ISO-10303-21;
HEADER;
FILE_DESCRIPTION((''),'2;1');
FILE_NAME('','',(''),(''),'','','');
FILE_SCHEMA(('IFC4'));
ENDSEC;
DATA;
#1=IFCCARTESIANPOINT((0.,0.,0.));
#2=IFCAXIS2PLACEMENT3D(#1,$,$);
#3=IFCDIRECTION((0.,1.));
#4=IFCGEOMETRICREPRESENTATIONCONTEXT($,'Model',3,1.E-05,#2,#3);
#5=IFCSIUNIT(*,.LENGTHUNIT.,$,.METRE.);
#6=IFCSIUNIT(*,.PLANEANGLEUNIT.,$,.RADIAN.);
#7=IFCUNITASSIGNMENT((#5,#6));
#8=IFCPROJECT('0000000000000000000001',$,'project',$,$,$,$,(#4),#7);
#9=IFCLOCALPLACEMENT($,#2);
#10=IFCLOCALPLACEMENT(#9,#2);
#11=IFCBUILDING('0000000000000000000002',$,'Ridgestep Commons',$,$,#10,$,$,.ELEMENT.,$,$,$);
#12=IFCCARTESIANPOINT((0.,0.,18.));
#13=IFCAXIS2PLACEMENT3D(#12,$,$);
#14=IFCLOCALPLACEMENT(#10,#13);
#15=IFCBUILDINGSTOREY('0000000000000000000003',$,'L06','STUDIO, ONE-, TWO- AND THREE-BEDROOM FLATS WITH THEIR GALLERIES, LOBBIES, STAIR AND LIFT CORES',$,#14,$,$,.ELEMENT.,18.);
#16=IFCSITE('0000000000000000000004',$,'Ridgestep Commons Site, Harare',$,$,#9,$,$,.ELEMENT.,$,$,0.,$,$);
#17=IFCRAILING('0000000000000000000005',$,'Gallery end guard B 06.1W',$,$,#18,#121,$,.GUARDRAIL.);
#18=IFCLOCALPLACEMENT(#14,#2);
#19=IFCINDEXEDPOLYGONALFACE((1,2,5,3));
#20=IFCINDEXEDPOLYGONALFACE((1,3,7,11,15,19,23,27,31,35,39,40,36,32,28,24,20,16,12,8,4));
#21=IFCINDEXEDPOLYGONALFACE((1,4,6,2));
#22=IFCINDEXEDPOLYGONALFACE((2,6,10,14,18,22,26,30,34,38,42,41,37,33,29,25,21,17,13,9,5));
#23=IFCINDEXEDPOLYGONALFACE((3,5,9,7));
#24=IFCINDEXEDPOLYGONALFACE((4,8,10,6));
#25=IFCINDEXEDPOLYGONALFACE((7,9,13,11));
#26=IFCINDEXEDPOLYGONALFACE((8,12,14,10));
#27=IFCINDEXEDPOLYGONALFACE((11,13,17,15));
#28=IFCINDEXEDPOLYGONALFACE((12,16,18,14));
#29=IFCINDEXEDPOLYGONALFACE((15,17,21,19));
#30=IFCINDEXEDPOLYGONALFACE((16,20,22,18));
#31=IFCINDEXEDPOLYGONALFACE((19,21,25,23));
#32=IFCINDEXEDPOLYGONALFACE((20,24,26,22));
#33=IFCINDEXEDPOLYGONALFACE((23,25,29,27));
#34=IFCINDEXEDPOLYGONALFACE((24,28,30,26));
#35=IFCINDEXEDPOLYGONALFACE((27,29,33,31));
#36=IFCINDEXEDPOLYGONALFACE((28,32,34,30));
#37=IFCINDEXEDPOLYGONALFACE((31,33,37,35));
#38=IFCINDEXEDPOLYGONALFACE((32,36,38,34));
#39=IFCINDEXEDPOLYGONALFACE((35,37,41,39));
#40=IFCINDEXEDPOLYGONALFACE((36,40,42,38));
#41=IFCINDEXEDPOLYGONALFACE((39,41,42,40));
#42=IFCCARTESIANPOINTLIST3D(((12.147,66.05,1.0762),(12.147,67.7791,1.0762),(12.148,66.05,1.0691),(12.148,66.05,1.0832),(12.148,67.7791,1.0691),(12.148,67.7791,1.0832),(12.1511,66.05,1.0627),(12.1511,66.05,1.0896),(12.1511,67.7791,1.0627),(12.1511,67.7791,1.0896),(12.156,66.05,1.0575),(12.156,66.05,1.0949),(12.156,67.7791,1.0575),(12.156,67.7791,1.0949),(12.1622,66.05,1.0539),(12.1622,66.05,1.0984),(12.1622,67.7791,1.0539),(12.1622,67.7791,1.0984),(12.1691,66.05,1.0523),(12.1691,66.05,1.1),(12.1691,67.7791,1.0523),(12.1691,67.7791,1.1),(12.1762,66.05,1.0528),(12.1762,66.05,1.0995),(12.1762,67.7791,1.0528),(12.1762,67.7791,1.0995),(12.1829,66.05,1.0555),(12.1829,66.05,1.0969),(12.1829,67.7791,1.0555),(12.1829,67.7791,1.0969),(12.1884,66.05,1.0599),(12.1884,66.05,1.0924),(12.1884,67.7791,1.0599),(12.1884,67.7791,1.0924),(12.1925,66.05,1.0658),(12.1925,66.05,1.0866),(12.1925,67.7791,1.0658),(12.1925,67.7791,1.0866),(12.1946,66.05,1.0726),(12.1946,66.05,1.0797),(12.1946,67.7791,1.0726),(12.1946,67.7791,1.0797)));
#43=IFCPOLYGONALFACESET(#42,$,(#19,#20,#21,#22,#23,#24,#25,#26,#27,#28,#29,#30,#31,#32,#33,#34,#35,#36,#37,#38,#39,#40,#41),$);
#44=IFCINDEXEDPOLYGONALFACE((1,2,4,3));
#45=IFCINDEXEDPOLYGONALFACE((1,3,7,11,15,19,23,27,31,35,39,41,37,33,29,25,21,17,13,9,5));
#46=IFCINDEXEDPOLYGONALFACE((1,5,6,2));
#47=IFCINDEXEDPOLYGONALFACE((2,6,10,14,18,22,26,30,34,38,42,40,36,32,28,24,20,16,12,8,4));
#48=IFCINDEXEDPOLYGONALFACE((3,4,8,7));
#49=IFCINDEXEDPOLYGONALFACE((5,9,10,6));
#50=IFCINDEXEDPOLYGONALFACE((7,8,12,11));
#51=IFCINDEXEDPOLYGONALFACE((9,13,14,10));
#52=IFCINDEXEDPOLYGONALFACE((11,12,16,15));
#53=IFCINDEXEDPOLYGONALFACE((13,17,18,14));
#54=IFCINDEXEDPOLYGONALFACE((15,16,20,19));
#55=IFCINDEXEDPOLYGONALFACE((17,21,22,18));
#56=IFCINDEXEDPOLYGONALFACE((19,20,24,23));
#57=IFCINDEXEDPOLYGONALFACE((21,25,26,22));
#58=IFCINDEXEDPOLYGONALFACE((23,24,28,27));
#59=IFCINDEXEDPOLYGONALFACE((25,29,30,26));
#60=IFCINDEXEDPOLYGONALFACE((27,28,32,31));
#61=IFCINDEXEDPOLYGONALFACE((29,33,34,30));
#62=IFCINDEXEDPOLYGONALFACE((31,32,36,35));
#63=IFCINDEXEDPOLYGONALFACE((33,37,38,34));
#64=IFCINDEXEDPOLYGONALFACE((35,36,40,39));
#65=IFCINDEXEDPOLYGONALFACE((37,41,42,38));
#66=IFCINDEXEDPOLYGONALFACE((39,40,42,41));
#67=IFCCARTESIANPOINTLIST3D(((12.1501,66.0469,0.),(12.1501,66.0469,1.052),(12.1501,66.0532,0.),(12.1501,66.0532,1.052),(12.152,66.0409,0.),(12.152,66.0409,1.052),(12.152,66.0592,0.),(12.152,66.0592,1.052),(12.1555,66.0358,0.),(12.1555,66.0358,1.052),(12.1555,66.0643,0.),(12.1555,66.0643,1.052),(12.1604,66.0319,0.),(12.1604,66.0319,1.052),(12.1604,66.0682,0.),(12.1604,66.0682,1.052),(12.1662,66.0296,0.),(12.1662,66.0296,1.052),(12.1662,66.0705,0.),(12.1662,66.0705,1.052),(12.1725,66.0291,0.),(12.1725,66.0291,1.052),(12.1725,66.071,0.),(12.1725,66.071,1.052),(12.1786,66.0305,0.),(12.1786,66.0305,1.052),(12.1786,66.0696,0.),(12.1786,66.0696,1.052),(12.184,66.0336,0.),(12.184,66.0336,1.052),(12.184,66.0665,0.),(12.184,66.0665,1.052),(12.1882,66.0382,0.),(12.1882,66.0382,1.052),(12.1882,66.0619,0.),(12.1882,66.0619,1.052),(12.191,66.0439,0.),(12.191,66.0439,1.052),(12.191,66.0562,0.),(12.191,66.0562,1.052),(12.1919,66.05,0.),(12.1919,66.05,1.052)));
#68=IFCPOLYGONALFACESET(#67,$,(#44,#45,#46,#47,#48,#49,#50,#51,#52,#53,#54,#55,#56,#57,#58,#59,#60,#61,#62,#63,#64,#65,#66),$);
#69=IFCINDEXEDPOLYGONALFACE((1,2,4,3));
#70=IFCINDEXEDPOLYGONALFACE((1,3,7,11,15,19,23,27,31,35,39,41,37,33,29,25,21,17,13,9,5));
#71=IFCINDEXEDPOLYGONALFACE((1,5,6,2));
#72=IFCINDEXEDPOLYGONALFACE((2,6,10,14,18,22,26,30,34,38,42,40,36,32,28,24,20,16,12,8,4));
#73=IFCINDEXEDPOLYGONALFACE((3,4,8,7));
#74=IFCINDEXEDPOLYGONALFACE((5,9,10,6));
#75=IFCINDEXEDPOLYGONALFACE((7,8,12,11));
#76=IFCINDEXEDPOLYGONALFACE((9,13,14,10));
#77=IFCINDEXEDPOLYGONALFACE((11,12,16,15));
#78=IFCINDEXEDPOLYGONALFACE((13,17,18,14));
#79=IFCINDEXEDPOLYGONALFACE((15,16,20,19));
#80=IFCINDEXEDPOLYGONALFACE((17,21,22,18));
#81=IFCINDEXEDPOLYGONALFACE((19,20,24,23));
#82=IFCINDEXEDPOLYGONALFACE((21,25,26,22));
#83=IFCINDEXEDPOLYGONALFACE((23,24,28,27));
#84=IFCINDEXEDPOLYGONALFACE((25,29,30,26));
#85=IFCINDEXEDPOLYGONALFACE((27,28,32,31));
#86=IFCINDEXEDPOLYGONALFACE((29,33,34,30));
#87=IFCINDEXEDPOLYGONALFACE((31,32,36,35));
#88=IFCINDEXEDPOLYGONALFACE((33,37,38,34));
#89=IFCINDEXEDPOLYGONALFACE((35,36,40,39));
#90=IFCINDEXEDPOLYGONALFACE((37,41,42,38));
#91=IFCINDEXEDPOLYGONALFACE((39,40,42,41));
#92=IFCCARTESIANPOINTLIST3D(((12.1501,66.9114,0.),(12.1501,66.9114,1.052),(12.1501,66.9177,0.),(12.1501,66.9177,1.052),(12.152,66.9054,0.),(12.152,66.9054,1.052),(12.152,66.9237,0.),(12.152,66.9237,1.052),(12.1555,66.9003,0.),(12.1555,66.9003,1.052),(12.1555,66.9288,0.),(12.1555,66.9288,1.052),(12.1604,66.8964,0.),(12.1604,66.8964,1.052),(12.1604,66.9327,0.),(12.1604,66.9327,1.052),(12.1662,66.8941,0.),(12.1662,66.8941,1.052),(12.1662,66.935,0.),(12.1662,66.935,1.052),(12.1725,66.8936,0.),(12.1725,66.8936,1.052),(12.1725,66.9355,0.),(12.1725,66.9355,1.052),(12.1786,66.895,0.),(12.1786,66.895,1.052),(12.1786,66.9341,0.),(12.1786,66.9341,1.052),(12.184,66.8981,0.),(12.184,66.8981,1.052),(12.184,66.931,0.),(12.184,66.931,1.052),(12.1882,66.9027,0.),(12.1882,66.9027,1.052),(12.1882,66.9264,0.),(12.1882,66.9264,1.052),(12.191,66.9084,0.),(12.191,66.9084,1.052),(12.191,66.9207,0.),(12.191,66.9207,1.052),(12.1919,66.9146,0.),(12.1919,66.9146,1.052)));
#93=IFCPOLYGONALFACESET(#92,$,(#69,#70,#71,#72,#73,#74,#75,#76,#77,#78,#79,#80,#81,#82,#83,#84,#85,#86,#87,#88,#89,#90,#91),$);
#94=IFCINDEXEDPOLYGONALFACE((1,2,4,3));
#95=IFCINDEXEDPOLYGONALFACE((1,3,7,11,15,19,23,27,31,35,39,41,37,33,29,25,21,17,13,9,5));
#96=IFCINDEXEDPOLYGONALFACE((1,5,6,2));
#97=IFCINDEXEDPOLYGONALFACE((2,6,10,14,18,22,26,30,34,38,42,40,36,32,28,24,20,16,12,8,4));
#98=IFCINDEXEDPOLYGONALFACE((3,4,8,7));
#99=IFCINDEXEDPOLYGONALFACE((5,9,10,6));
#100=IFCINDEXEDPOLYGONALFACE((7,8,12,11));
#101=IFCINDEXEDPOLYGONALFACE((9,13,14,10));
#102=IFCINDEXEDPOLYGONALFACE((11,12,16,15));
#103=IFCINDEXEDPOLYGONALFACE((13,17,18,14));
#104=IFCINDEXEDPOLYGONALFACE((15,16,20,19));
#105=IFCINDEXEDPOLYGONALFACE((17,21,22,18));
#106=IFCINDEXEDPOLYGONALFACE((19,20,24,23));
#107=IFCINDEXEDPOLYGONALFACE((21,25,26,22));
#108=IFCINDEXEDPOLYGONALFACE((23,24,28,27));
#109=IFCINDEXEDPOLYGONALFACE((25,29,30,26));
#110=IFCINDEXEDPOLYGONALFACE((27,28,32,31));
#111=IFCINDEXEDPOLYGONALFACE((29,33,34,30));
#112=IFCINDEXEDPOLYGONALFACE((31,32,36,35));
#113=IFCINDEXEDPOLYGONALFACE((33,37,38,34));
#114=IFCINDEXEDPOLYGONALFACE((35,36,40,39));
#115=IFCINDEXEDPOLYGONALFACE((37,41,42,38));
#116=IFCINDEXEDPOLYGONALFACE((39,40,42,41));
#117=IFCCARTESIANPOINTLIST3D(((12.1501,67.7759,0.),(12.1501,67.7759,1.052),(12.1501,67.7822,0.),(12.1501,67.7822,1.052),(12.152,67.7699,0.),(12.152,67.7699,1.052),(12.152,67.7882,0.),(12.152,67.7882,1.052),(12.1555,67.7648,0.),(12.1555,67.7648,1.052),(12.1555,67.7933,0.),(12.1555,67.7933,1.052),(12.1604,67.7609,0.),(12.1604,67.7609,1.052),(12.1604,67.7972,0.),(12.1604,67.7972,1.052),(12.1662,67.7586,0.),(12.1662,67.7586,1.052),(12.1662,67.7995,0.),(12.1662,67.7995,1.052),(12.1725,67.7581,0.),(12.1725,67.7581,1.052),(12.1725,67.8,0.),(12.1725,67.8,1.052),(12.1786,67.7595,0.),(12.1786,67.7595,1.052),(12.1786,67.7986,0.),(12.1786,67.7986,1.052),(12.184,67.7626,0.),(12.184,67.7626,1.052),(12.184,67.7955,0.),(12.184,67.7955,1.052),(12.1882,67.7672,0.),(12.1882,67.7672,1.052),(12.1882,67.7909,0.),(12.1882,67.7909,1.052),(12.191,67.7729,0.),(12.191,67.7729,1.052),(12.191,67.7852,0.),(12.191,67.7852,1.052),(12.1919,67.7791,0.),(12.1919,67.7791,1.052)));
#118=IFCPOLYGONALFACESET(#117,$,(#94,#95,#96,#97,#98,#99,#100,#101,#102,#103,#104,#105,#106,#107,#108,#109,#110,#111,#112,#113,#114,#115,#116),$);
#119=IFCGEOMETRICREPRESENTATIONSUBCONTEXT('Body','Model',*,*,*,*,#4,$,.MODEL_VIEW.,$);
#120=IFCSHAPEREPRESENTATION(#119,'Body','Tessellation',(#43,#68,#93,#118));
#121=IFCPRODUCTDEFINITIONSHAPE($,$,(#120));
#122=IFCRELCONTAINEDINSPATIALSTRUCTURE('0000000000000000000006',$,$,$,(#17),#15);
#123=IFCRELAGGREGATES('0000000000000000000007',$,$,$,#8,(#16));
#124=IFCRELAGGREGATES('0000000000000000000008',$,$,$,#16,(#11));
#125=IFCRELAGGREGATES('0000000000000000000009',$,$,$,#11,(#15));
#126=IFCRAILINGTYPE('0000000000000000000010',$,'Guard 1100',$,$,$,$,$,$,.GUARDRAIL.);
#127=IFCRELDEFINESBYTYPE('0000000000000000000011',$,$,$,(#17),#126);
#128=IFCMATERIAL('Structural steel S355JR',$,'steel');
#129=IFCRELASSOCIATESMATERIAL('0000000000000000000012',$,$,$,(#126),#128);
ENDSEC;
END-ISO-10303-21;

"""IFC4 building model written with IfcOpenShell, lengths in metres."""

from ifc_helpers import new_model, si_unit, direction, frame, origin, origin_2d, place, context, subcontext, project, spatial, circle, extrude, material, type_object, element, save


model = new_model("IFC4")

# Units and contexts
model_context = context("Model", 3, precision=1e-05, world=origin(), true_north=direction((0.0, 1.0)))
body_context = subcontext(model_context, "Body", "Model", "MODEL_VIEW")
ifc_project = project(units=[si_unit("LENGTHUNIT", "METRE"), si_unit("PLANEANGLEUNIT", "RADIAN")], contexts=[model_context])

# Site, building, storey
site_placement = place(None, origin())
site = spatial("IfcSite", under=ifc_project, at=site_placement, Name="Ridgestep Commons Site, Harare", CompositionType="ELEMENT", RefElevation=0.0)
building_placement = place(site_placement, origin())
building = spatial("IfcBuilding", under=site, at=building_placement, Name="Ridgestep Commons", CompositionType="ELEMENT")
storey_placement = place(building_placement, frame((0.0, 0.0, 18.0)))
storey = spatial("IfcBuildingStorey", under=building, at=storey_placement, Name="L06", Description="STUDIO, ONE-, TWO- AND THREE-BEDROOM FLATS WITH THEIR GALLERIES, LOBBIES, STAIR AND LIFT CORES", CompositionType="ELEMENT", Elevation=18.0)

# Railing
ifc_material_1 = material(Name="Structural steel S355JR", Category="steel")
railing_type = type_object("IfcRailingType", Name="Guard 1100", PredefinedType="GUARDRAIL", material=ifc_material_1)
railing_1_placement = place(storey_placement, frame((12.1709, 66.05, 0.0)))
element("IfcRailing", 1, at=railing_1_placement, inside=storey, type_object=railing_type, Name="Gallery end guard B 06.1W", PredefinedType="GUARDRAIL", context=body_context, shape_type="SweptSolid", body=[
    extrude(circle(Radius=0.0239, at=origin_2d()), frame((0.0, 0.0, 1.0762), z_axis=(0.0, 1.0, 0.0), x_axis=(-1.0, 0.0, 0.0)), (0.0, 0.0, 1.0), 1.729),
    extrude(circle(Radius=0.021, at=origin_2d()), origin(), (0.0, 0.0, 1.0), 1.052),
    extrude(circle(Radius=0.021, at=origin_2d()), frame((0.0, 0.8645, 0.0)), (0.0, 0.0, 1.0), 1.052),
    extrude(circle(Radius=0.021, at=origin_2d()), frame((0.0, 1.729, 0.0)), (0.0, 0.0, 1.0), 1.052),
])

save(model, "model.ifc")
